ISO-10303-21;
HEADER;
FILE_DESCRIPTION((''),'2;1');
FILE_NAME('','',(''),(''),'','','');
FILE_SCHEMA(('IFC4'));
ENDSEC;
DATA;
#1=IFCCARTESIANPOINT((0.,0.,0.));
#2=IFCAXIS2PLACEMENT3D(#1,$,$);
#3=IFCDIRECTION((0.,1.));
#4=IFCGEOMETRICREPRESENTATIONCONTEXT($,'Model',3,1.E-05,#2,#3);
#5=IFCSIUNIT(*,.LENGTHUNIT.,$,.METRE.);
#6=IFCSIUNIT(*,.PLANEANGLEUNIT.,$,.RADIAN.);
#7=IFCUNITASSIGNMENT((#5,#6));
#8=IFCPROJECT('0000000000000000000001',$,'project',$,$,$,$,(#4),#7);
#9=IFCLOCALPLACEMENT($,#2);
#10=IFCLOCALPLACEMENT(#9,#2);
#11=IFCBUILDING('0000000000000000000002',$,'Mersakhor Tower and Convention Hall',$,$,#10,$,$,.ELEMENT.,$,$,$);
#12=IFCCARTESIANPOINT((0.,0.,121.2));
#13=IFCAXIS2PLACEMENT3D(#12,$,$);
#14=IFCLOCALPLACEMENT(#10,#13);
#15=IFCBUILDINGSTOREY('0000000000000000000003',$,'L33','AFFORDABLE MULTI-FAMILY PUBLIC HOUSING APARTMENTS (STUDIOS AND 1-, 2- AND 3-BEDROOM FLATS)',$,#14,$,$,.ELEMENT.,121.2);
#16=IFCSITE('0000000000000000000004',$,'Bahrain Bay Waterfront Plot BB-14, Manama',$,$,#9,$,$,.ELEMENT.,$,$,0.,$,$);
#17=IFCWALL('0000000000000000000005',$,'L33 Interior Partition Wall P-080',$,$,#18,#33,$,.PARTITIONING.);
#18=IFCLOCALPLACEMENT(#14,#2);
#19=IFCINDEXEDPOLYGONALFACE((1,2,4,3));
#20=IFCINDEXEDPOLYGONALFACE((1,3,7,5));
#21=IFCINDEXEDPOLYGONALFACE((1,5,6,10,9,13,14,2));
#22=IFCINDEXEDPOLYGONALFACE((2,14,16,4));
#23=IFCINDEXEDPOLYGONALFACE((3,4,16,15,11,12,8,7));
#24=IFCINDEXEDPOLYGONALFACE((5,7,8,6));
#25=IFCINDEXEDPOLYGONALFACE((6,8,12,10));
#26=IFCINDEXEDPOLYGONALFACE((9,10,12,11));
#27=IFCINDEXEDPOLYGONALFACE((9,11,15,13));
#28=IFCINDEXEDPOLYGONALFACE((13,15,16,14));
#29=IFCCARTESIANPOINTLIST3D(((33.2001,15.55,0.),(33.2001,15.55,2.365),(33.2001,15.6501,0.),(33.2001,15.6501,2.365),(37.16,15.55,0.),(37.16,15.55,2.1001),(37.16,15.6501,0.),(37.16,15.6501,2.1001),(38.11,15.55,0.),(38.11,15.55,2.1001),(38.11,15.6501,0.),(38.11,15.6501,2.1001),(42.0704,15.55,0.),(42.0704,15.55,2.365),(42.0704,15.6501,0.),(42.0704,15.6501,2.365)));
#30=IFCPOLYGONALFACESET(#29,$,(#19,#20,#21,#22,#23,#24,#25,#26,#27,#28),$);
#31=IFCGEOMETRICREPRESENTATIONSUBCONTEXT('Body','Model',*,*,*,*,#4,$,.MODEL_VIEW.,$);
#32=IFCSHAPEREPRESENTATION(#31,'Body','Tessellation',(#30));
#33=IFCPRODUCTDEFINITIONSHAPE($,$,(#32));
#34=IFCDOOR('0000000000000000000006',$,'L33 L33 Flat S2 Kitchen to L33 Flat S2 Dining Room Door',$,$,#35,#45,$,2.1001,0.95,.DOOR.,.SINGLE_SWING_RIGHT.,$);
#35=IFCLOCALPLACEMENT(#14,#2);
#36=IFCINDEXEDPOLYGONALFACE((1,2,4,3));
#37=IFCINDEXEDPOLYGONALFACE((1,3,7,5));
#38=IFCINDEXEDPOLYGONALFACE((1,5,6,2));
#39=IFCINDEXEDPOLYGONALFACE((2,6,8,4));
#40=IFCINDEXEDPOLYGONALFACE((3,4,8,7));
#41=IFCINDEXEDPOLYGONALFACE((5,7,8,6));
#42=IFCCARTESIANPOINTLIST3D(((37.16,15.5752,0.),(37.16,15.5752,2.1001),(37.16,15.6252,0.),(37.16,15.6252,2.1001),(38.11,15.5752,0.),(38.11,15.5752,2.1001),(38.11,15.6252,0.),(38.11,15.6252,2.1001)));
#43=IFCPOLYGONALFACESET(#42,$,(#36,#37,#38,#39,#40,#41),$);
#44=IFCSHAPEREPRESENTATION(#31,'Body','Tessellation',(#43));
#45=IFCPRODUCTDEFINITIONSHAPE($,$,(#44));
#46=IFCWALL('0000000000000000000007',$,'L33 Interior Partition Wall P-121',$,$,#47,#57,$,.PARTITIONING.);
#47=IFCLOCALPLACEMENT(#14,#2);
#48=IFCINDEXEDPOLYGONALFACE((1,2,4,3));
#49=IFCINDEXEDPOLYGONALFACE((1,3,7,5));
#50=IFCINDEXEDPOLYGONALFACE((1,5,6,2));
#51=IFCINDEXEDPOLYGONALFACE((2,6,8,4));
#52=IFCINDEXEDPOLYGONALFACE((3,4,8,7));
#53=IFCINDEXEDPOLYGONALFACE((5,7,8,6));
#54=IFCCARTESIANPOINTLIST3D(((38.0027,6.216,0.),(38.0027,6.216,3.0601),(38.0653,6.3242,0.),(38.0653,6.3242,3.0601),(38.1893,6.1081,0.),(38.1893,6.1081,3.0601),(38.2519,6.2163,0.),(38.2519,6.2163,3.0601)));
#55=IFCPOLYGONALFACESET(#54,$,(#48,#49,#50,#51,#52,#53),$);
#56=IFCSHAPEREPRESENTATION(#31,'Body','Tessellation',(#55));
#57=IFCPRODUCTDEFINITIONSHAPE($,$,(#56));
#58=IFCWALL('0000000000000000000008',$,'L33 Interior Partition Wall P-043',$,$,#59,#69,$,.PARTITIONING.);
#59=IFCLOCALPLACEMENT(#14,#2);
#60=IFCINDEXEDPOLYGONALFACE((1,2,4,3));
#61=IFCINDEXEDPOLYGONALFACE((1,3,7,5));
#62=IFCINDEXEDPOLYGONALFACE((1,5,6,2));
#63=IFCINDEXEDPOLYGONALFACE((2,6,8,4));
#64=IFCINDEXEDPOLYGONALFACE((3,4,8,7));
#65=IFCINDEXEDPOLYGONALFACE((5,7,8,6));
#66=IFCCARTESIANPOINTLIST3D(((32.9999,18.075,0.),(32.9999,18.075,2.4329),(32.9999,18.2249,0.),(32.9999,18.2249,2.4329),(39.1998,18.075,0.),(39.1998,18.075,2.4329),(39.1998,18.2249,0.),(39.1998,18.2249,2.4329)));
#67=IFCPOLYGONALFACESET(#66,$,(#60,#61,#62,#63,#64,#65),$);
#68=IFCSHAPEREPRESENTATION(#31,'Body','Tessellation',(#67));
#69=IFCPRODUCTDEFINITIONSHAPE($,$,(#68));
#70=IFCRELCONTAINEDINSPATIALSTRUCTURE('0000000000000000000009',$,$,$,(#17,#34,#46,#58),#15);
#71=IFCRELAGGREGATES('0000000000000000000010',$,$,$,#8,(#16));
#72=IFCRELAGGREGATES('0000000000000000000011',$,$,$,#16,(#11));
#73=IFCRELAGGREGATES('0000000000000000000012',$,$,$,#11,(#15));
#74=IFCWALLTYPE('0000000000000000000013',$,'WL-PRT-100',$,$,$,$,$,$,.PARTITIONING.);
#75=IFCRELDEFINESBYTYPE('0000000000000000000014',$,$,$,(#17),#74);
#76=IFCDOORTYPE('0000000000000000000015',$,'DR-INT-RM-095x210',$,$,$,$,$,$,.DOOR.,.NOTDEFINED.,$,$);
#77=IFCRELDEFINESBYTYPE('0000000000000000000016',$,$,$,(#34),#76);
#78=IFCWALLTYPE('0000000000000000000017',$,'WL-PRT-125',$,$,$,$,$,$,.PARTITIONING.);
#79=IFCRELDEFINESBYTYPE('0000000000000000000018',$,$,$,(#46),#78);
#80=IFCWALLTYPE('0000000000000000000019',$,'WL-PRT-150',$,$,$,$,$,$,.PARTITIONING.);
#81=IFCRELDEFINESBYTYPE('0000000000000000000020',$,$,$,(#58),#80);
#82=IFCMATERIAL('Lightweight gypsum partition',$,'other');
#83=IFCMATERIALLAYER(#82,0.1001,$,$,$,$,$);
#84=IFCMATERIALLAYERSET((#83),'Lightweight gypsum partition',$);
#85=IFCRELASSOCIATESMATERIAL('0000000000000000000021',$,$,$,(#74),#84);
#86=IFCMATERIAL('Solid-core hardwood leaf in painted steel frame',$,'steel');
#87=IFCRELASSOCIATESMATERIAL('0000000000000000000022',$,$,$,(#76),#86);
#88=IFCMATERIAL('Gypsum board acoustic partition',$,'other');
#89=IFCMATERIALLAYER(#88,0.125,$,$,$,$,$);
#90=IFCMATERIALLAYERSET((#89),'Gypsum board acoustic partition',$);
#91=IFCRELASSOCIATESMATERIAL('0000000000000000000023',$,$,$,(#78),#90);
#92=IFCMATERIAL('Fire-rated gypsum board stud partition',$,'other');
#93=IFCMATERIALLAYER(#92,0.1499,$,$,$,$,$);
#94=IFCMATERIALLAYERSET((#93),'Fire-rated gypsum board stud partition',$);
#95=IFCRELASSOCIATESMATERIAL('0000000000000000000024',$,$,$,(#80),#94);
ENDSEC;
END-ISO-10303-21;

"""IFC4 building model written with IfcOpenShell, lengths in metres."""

from ifc_helpers import new_model, si_unit, direction, frame, frame_2d, origin, place, context, subcontext, project, spatial, rectangle, extrude, material, layer, layer_set, type_object, element, fill, save


model = new_model("IFC4")

# Units and contexts
model_context = context("Model", 3, precision=1e-05, world=origin(), true_north=direction((0.0, 1.0)))
body_context = subcontext(model_context, "Body", "Model", "MODEL_VIEW")
ifc_project = project(units=[si_unit("LENGTHUNIT", "METRE"), si_unit("PLANEANGLEUNIT", "RADIAN")], contexts=[model_context])

# Site, building, storey
site_placement = place(None, origin())
site = spatial("IfcSite", under=ifc_project, at=site_placement, Name="Bahrain Bay Waterfront Plot BB-14, Manama", CompositionType="ELEMENT", RefElevation=0.0)
building_placement = place(site_placement, origin())
building = spatial("IfcBuilding", under=site, at=building_placement, Name="Mersakhor Tower and Convention Hall", CompositionType="ELEMENT")
storey_placement = place(building_placement, frame((0.0, 0.0, 121.2)))
storey = spatial("IfcBuildingStorey", under=building, at=storey_placement, Name="L33", Description="AFFORDABLE MULTI-FAMILY PUBLIC HOUSING APARTMENTS (STUDIOS AND 1-, 2- AND 3-BEDROOM FLATS)", CompositionType="ELEMENT", Elevation=121.2)

# Wall, opening, door
ifc_material_1 = material(Name="Lightweight gypsum partition", Category="other")
ifc_layer_1 = layer(ifc_material_1, 0.1001)
ifc_layer_set_1 = layer_set([ifc_layer_1], Name="Lightweight gypsum partition")
wall_type_1 = type_object("IfcWallType", Name="WL-PRT-100", PredefinedType="PARTITIONING", material=ifc_layer_set_1)
wall_1_placement = place(storey_placement, frame((42.0703, 15.6001, 0.0), z_axis=(0.0, 0.0, 1.0), x_axis=(-1.0, 0.0, 0.0)))
wall_1 = element("IfcWall", 1, at=wall_1_placement, inside=storey, type_object=wall_type_1, Name="L33 Interior Partition Wall P-080", PredefinedType="PARTITIONING", context=body_context, shape_type="SweptSolid", body=[
    extrude(rectangle(XDim=8.8704, YDim=0.1001, at=frame_2d((4.4351, 0.0))), origin(), (0.0, 0.0, 1.0), 2.365),
])
opening_1_placement = place(wall_1_placement, frame((3.9602, 0.0, 0.0)))
opening_1 = element("IfcOpeningElement", 2, at=opening_1_placement, cuts=wall_1, PredefinedType="OPENING", context=body_context, shape_type="SweptSolid", body=[
    extrude(rectangle(XDim=0.95, YDim=2.1001, at=frame_2d((0.4751, 1.05))), frame((0.0, 0.0601, 0.0), z_axis=(0.0, -1.0, 0.0), x_axis=(1.0, 0.0, 0.0)), (0.0, 0.0, 1.0), 0.1201),
])
ifc_material_2 = material(Name="Solid-core hardwood leaf in painted steel frame", Category="steel")
door_type_1 = type_object("IfcDoorType", Name="DR-INT-RM-095x210", OperationType="NOTDEFINED", PredefinedType="DOOR", material=ifc_material_2)
door_1_placement = place(opening_1_placement, origin())
door_1 = element("IfcDoor", 3, at=door_1_placement, inside=storey, type_object=door_type_1, Name="L33 L33 Flat S2 Kitchen to L33 Flat S2 Dining Room Door", OperationType="SINGLE_SWING_RIGHT", OverallHeight=2.1001, OverallWidth=0.95, PredefinedType="DOOR", context=body_context, shape_type="SweptSolid", body=[
    extrude(rectangle(XDim=0.95, YDim=2.1001, at=frame_2d((0.4751, 1.05))), frame((0.0, 0.0249, 0.0), z_axis=(0.0, -1.0, 0.0), x_axis=(1.0, 0.0, 0.0)), (0.0, 0.0, 1.0), 0.05),
])
fill(opening_1, door_1)

# Walls
ifc_material_3 = material(Name="Gypsum board acoustic partition", Category="other")
ifc_layer_2 = layer(ifc_material_3, 0.125)
ifc_layer_set_2 = layer_set([ifc_layer_2], Name="Gypsum board acoustic partition")
wall_type_2 = type_object("IfcWallType", Name="WL-PRT-125", PredefinedType="PARTITIONING", material=ifc_layer_set_2)
wall_2_placement = place(storey_placement, frame((38.2207, 6.1621, 0.0), z_axis=(0.0, 0.0, 1.0), x_axis=(-0.865581, 0.500768, 0.0)))
element("IfcWall", 4, at=wall_2_placement, inside=storey, type_object=wall_type_2, Name="L33 Interior Partition Wall P-121", PredefinedType="PARTITIONING", context=body_context, shape_type="SweptSolid", body=[
    extrude(rectangle(XDim=0.2156, YDim=0.125, at=frame_2d((0.1079, 0.0))), origin(), (0.0, 0.0, 1.0), 3.0601),
])
ifc_material_4 = material(Name="Fire-rated gypsum board stud partition", Category="other")
ifc_layer_3 = layer(ifc_material_4, 0.1499)
ifc_layer_set_3 = layer_set([ifc_layer_3], Name="Fire-rated gypsum board stud partition")
wall_type_3 = type_object("IfcWallType", Name="WL-PRT-150", PredefinedType="PARTITIONING", material=ifc_layer_set_3)
wall_3_placement = place(storey_placement, frame((39.2, 18.1499, 0.0), z_axis=(0.0, 0.0, 1.0), x_axis=(-1.0, 0.0, 0.0)))
element("IfcWall", 5, at=wall_3_placement, inside=storey, type_object=wall_type_3, Name="L33 Interior Partition Wall P-043", PredefinedType="PARTITIONING", context=body_context, shape_type="SweptSolid", body=[
    extrude(rectangle(XDim=6.2, YDim=0.1499, at=frame_2d((3.1001, 0.0))), origin(), (0.0, 0.0, 1.0), 2.4329),
])

save(model, "model.ifc")
